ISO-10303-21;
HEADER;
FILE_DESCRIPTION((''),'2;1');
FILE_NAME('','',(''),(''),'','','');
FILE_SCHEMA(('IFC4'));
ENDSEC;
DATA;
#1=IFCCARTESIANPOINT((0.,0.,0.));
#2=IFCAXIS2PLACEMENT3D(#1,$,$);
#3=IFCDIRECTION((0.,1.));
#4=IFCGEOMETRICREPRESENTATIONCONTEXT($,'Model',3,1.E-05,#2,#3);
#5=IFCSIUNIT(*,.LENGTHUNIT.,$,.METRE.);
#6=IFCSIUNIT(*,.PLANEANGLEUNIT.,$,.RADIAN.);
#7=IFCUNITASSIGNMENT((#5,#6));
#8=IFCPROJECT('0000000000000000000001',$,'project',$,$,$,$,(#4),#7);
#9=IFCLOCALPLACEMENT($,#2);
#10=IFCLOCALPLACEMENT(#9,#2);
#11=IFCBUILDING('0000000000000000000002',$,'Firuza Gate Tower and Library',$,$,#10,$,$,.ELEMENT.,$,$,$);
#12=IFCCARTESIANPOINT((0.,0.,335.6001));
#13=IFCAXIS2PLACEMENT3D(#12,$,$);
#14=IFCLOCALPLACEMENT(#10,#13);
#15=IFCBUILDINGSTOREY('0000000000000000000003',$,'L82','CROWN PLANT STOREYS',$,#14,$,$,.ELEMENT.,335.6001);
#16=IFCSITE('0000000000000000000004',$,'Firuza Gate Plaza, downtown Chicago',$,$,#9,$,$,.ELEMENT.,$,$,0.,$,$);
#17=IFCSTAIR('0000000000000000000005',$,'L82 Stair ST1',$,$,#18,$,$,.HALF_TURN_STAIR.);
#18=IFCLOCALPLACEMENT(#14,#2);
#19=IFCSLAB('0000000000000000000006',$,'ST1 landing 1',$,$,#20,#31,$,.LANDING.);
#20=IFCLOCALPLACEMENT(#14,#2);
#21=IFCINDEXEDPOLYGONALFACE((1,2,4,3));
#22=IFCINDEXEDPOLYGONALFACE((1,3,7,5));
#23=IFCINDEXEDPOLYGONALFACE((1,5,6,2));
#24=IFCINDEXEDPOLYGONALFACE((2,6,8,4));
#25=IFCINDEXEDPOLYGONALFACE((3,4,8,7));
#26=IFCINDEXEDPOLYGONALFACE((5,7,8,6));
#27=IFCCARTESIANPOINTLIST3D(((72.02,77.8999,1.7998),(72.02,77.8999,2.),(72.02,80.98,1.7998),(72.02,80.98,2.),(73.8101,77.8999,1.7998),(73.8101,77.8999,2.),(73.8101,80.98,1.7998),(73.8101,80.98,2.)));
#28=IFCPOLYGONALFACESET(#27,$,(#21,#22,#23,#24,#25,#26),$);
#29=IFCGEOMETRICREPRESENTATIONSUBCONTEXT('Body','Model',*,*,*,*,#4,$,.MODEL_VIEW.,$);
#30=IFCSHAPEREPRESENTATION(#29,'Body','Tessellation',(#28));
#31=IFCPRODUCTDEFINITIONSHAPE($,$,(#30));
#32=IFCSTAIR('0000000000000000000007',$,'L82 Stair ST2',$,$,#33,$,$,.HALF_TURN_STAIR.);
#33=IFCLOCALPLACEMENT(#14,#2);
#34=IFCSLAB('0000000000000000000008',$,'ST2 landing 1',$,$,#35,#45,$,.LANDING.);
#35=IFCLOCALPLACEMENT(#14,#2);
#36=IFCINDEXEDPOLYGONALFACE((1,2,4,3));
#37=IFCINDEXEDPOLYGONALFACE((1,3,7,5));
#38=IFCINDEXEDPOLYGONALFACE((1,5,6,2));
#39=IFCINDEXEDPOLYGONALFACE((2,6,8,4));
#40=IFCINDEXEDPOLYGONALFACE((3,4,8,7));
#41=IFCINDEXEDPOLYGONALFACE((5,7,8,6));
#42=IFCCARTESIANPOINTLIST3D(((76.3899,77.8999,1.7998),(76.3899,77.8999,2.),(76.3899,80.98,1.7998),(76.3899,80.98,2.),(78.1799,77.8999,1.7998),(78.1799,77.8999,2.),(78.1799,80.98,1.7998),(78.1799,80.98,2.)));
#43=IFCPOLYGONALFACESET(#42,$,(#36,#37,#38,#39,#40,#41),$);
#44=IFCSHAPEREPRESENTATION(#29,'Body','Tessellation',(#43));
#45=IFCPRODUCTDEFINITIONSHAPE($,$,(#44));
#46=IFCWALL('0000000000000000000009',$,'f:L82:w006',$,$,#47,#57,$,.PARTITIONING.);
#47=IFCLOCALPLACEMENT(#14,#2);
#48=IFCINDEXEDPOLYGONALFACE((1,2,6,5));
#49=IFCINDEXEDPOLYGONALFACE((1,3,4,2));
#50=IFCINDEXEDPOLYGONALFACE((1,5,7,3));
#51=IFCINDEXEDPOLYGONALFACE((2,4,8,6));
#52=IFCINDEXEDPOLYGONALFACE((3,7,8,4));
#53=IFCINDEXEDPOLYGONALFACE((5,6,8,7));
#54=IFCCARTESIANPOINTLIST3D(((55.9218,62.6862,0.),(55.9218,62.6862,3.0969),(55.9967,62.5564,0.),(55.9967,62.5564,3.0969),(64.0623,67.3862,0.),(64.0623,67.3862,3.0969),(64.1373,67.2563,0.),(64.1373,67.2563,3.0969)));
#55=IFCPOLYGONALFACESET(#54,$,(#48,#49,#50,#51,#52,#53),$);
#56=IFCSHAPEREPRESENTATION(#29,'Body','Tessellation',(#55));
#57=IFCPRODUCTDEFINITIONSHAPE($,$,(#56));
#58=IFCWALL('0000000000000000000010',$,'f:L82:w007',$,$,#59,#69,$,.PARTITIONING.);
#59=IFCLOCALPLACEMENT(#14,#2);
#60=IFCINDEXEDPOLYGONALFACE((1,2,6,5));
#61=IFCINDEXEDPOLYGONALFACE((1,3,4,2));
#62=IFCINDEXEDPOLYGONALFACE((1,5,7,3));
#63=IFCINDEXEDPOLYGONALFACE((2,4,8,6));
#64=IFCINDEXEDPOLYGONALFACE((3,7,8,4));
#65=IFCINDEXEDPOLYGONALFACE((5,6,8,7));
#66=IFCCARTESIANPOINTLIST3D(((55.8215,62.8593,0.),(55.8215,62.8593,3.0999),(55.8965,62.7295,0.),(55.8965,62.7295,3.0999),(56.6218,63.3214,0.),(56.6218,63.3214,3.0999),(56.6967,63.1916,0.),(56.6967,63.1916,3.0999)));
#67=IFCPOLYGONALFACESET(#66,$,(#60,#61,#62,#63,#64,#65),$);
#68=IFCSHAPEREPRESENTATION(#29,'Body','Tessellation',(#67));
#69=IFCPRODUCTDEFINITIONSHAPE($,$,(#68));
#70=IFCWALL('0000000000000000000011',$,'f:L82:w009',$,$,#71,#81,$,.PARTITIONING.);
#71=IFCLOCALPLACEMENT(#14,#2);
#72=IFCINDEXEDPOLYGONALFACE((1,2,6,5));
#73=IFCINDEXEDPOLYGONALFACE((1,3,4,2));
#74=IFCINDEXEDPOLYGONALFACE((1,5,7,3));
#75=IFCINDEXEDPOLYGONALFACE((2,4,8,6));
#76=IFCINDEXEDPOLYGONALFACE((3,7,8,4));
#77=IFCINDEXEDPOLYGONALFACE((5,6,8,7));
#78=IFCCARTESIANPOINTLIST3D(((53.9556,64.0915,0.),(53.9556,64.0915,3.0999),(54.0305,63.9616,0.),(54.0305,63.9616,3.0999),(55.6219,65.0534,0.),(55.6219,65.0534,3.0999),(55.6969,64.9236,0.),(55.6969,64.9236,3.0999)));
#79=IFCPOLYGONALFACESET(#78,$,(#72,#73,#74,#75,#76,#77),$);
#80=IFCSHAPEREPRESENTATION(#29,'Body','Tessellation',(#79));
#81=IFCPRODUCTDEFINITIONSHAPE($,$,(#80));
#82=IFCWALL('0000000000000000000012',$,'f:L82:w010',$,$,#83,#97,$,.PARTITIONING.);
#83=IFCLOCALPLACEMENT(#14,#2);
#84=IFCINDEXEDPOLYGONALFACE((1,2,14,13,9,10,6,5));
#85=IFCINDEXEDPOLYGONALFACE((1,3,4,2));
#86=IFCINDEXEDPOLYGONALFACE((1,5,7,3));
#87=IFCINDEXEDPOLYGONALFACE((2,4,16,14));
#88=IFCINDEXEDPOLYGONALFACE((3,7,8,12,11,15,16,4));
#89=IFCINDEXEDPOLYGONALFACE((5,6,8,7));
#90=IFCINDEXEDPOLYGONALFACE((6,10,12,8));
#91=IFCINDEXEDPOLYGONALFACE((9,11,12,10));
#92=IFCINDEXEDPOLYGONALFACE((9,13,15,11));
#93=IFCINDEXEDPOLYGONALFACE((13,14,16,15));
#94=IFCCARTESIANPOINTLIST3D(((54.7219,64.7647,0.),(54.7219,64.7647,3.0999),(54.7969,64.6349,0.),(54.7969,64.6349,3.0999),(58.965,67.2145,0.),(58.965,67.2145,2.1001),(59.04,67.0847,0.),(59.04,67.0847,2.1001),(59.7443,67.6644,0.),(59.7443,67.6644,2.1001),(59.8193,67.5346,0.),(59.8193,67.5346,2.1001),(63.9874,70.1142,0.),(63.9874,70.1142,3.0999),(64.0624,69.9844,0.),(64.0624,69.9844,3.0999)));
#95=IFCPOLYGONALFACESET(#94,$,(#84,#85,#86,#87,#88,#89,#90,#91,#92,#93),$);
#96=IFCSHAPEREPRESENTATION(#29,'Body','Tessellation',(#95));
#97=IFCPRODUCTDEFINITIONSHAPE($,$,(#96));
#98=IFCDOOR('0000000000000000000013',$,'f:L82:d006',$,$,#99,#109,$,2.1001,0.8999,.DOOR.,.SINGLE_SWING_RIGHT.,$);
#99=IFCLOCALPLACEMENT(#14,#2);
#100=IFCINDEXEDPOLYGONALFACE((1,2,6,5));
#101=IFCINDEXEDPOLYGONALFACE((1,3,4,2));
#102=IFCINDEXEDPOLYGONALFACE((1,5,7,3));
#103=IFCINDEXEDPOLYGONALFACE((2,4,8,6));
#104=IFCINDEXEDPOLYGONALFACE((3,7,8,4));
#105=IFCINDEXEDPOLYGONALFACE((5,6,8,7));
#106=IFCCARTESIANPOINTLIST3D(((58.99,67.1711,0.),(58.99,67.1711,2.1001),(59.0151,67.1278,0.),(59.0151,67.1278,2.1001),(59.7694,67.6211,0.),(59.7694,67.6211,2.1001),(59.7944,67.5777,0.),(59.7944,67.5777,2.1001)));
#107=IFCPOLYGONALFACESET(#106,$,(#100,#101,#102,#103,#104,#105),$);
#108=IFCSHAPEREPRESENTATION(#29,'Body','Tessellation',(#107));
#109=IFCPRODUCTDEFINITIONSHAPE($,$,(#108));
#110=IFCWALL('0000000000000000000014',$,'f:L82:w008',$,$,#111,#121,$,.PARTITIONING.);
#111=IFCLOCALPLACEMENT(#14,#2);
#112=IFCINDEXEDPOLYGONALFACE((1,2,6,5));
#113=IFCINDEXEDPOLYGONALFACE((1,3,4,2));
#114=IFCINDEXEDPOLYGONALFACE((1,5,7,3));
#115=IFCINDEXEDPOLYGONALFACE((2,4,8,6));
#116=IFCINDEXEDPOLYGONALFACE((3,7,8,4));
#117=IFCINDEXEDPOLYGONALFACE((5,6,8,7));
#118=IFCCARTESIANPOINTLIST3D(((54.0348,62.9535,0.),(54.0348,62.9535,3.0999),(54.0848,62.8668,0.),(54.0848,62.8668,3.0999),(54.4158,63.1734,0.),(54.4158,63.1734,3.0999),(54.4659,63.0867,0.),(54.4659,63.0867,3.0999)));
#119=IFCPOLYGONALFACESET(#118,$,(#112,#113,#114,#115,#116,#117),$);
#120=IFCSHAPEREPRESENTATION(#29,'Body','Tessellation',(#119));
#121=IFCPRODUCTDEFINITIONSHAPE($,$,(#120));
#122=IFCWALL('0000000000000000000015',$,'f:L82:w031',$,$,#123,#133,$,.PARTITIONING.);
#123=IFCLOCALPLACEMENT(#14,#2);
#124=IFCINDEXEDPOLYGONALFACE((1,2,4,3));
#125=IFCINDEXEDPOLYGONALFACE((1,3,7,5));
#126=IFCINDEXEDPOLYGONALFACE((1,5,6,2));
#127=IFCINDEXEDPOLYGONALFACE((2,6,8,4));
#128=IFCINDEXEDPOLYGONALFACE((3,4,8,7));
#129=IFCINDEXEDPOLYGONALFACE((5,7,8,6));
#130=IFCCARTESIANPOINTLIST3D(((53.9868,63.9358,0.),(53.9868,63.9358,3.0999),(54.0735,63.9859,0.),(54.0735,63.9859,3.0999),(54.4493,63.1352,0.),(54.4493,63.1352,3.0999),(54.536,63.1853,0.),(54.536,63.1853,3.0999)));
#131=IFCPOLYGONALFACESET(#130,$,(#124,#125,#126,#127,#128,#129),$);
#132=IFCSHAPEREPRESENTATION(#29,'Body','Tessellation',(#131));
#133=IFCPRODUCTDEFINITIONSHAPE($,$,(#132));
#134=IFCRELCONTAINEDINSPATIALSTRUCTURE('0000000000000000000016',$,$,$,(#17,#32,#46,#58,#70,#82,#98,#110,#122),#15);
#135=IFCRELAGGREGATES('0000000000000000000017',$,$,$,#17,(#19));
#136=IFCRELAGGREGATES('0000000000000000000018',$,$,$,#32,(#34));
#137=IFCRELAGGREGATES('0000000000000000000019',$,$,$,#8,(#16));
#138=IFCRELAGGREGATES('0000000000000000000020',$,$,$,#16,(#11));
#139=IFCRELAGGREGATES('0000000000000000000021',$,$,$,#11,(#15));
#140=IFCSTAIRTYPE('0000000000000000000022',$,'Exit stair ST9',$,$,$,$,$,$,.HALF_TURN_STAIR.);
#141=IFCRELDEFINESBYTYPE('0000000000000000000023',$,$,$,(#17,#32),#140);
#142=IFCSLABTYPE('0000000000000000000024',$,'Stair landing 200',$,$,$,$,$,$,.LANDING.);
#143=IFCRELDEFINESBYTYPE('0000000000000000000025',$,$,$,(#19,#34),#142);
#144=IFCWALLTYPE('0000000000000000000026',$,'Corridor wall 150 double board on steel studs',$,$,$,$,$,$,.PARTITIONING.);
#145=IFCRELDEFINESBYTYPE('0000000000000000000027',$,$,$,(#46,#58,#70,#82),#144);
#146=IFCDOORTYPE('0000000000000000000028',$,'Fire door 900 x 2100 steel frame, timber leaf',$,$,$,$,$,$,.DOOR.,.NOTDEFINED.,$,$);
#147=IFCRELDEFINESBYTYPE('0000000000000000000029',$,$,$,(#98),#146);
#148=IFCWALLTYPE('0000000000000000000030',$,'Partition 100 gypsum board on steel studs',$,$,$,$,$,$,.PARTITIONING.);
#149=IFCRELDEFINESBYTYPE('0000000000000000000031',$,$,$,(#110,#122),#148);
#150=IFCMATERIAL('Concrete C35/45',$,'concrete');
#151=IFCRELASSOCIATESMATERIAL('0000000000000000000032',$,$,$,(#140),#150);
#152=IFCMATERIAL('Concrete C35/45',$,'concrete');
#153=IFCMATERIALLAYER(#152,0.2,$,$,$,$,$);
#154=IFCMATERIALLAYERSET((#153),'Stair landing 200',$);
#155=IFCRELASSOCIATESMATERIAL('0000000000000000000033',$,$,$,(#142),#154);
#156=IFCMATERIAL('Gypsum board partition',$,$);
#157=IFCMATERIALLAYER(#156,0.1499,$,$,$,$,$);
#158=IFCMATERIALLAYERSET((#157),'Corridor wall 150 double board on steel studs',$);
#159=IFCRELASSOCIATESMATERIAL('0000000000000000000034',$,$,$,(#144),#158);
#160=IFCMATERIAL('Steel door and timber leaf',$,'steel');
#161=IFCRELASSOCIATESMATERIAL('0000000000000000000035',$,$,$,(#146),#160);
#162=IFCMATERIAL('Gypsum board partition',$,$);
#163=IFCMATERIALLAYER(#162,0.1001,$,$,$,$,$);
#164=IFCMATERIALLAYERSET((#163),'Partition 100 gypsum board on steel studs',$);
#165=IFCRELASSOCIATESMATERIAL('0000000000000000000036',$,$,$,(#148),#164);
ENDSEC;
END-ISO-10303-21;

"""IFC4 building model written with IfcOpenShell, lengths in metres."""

from ifc_helpers import new_model, si_unit, direction, frame, frame_2d, origin, place, context, subcontext, project, spatial, polyline, rectangle, outline, extrude, material, layer, layer_set, type_object, element, fill, aggregate, save


model = new_model("IFC4")

# Units and contexts
model_context = context("Model", 3, precision=1e-05, world=origin(), true_north=direction((0.0, 1.0)))
body_context = subcontext(model_context, "Body", "Model", "MODEL_VIEW")
ifc_project = project(units=[si_unit("LENGTHUNIT", "METRE"), si_unit("PLANEANGLEUNIT", "RADIAN")], contexts=[model_context])

# Site, building, storey
site_placement = place(None, origin())
site = spatial("IfcSite", under=ifc_project, at=site_placement, Name="Firuza Gate Plaza, downtown Chicago", CompositionType="ELEMENT", RefElevation=0.0)
building_placement = place(site_placement, origin())
building = spatial("IfcBuilding", under=site, at=building_placement, Name="Firuza Gate Tower and Library", CompositionType="ELEMENT")
storey_placement = place(building_placement, frame((0.0, 0.0, 335.6001)))
storey = spatial("IfcBuildingStorey", under=building, at=storey_placement, Name="L82", Description="CROWN PLANT STOREYS", CompositionType="ELEMENT", Elevation=335.6001)

# Shared definitions
placement_1 = place(storey_placement, origin())

# Stairs, slabs
ifc_material_1 = material(Name="Concrete C35/45", Category="concrete")
stair_type = type_object("IfcStairType", Name="Exit stair ST9", PredefinedType="HALF_TURN_STAIR", material=ifc_material_1)
stair_1 = element("IfcStair", 1, at=placement_1, inside=storey, type_object=stair_type, Name="L82 Stair ST1", PredefinedType="HALF_TURN_STAIR")
ifc_material_2 = material(Name="Concrete C35/45", Category="concrete")
ifc_layer_1 = layer(ifc_material_2, 0.2)
ifc_layer_set_1 = layer_set([ifc_layer_1], Name="Stair landing 200")
slab_type_1 = type_object("IfcSlabType", Name="Stair landing 200", PredefinedType="LANDING", material=ifc_layer_set_1)
placement_2 = place(storey_placement, frame((0.0, 0.0, 1.7998)))
slab_1 = element("IfcSlab", 2, at=placement_2, type_object=slab_type_1, Name="ST1 landing 1", PredefinedType="LANDING", context=body_context, shape_type="SweptSolid", body=[
    extrude(outline(polyline([(72.02, 77.8999), (73.8101, 77.8999), (73.8101, 80.98), (72.02, 80.98), (72.02, 77.8999)])), origin(), (0.0, 0.0, 1.0), 0.2002),
])
aggregate(stair_1, [slab_1])
stair_2 = element("IfcStair", 3, at=placement_1, inside=storey, type_object=stair_type, Name="L82 Stair ST2", PredefinedType="HALF_TURN_STAIR")
slab_2 = element("IfcSlab", 4, at=placement_2, type_object=slab_type_1, Name="ST2 landing 1", PredefinedType="LANDING", context=body_context, shape_type="SweptSolid", body=[
    extrude(outline(polyline([(78.1799, 80.98), (76.3899, 80.98), (76.3899, 77.8999), (78.1799, 77.8999), (78.1799, 80.98)])), origin(), (0.0, 0.0, 1.0), 0.2002),
])
aggregate(stair_2, [slab_2])

# Walls
ifc_material_3 = material(Name="Gypsum board partition")
ifc_layer_2 = layer(ifc_material_3, 0.1499)
ifc_layer_set_2 = layer_set([ifc_layer_2], Name="Corridor wall 150 double board on steel studs")
wall_type_1 = type_object("IfcWallType", Name="Corridor wall 150 double board on steel studs", PredefinedType="PARTITIONING", material=ifc_layer_set_2)
wall_1_placement = place(storey_placement, frame((55.9592, 62.6213, 0.0), z_axis=(0.0, 0.0, 1.0), x_axis=(0.866027, 0.499997, 0.0)))
element("IfcWall", 5, at=wall_1_placement, inside=storey, type_object=wall_type_1, Name="f:L82:w006", PredefinedType="PARTITIONING", context=body_context, shape_type="SweptSolid", body=[
    extrude(rectangle(XDim=9.3999, YDim=0.1499, at=frame_2d((4.7, 0.0))), origin(), (0.0, 0.0, 1.0), 3.0969),
])
wall_2_placement = place(storey_placement, frame((55.8591, 62.7944, 0.0), z_axis=(0.0, 0.0, 1.0), x_axis=(0.865974, 0.500088, 0.0)))
element("IfcWall", 6, at=wall_2_placement, inside=storey, type_object=wall_type_1, Name="f:L82:w007", PredefinedType="PARTITIONING", context=body_context, shape_type="SweptSolid", body=[
    extrude(rectangle(XDim=0.9241, YDim=0.1499, at=frame_2d((0.4619, 0.0))), origin(), (0.0, 0.0, 1.0), 3.0999),
])
wall_3_placement = place(storey_placement, frame((53.9932, 64.0266, 0.0), z_axis=(0.0, 0.0, 1.0), x_axis=(0.866048, 0.49996, 0.0)))
element("IfcWall", 7, at=wall_3_placement, inside=storey, type_object=wall_type_1, Name="f:L82:w009", PredefinedType="PARTITIONING", context=body_context, shape_type="SweptSolid", body=[
    extrude(rectangle(XDim=1.9241, YDim=0.1499, at=frame_2d((0.9619, 0.0))), origin(), (0.0, 0.0, 1.0), 3.0999),
])

# Wall, opening, door
wall_4_placement = place(storey_placement, frame((54.7593, 64.6997, 0.0), z_axis=(0.0, 0.0, 1.0), x_axis=(0.866021, 0.500007, 0.0)))
wall_4 = element("IfcWall", 8, at=wall_4_placement, inside=storey, type_object=wall_type_1, Name="f:L82:w010", PredefinedType="PARTITIONING", context=body_context, shape_type="SweptSolid", body=[
    extrude(rectangle(XDim=10.699, YDim=0.1499, at=frame_2d((5.3496, 0.0))), origin(), (0.0, 0.0, 1.0), 3.0999),
])
opening_placement = place(wall_4_placement, frame((4.8997, 0.0, 0.0)))
opening = element("IfcOpeningElement", 9, at=opening_placement, cuts=wall_4, PredefinedType="OPENING", context=body_context, shape_type="SweptSolid", body=[
    extrude(rectangle(XDim=0.8999, YDim=2.1001, at=frame_2d((0.45, 1.05))), frame((0.0, 0.085, 0.0), z_axis=(0.0, -1.0, 0.0), x_axis=(1.0, 0.0, 0.0)), (0.0, 0.0, 1.0), 0.1699),
])
ifc_material_4 = material(Name="Steel door and timber leaf", Category="steel")
door_type = type_object("IfcDoorType", Name="Fire door 900 x 2100 steel frame, timber leaf", OperationType="NOTDEFINED", PredefinedType="DOOR", material=ifc_material_4)
door_placement = place(opening_placement, origin())
door = element("IfcDoor", 10, at=door_placement, inside=storey, type_object=door_type, Name="f:L82:d006", OperationType="SINGLE_SWING_RIGHT", OverallHeight=2.1001, OverallWidth=0.8999, PredefinedType="DOOR", context=body_context, shape_type="SweptSolid", body=[
    extrude(rectangle(XDim=0.8999, YDim=2.1001, at=frame_2d((0.45, 1.05))), frame((0.0, 0.0249, 0.0), z_axis=(0.0, -1.0, 0.0), x_axis=(1.0, 0.0, 0.0)), (0.0, 0.0, 1.0), 0.05),
])
fill(opening, door)

# Walls
ifc_material_5 = material(Name="Gypsum board partition")
ifc_layer_3 = layer(ifc_material_5, 0.1001)
ifc_layer_set_3 = layer_set([ifc_layer_3], Name="Partition 100 gypsum board on steel studs")
wall_type_2 = type_object("IfcWallType", Name="Partition 100 gypsum board on steel studs", PredefinedType="PARTITIONING", material=ifc_layer_set_3)
wall_5_placement = place(storey_placement, frame((54.0598, 62.9102, 0.0), z_axis=(0.0, 0.0, 1.0), x_axis=(0.866084, 0.499899, 0.0)))
element("IfcWall", 11, at=wall_5_placement, inside=storey, type_object=wall_type_2, Name="f:L82:w008", PredefinedType="PARTITIONING", context=body_context, shape_type="SweptSolid", body=[
    extrude(rectangle(XDim=0.4399, YDim=0.1001, at=frame_2d((0.22, 0.0))), origin(), (0.0, 0.0, 1.0), 3.0999),
])
wall_6_placement = place(storey_placement, frame((54.4927, 63.1602, 0.0), z_axis=(0.0, 0.0, 1.0), x_axis=(-0.500172, 0.865926, 0.0)))
element("IfcWall", 12, at=wall_6_placement, inside=storey, type_object=wall_type_2, Name="f:L82:w031", PredefinedType="PARTITIONING", context=body_context, shape_type="SweptSolid", body=[
    extrude(rectangle(XDim=0.9246, YDim=0.1001, at=frame_2d((0.4624, 0.0))), origin(), (0.0, 0.0, 1.0), 3.0999),
])

save(model, "model.ifc")
